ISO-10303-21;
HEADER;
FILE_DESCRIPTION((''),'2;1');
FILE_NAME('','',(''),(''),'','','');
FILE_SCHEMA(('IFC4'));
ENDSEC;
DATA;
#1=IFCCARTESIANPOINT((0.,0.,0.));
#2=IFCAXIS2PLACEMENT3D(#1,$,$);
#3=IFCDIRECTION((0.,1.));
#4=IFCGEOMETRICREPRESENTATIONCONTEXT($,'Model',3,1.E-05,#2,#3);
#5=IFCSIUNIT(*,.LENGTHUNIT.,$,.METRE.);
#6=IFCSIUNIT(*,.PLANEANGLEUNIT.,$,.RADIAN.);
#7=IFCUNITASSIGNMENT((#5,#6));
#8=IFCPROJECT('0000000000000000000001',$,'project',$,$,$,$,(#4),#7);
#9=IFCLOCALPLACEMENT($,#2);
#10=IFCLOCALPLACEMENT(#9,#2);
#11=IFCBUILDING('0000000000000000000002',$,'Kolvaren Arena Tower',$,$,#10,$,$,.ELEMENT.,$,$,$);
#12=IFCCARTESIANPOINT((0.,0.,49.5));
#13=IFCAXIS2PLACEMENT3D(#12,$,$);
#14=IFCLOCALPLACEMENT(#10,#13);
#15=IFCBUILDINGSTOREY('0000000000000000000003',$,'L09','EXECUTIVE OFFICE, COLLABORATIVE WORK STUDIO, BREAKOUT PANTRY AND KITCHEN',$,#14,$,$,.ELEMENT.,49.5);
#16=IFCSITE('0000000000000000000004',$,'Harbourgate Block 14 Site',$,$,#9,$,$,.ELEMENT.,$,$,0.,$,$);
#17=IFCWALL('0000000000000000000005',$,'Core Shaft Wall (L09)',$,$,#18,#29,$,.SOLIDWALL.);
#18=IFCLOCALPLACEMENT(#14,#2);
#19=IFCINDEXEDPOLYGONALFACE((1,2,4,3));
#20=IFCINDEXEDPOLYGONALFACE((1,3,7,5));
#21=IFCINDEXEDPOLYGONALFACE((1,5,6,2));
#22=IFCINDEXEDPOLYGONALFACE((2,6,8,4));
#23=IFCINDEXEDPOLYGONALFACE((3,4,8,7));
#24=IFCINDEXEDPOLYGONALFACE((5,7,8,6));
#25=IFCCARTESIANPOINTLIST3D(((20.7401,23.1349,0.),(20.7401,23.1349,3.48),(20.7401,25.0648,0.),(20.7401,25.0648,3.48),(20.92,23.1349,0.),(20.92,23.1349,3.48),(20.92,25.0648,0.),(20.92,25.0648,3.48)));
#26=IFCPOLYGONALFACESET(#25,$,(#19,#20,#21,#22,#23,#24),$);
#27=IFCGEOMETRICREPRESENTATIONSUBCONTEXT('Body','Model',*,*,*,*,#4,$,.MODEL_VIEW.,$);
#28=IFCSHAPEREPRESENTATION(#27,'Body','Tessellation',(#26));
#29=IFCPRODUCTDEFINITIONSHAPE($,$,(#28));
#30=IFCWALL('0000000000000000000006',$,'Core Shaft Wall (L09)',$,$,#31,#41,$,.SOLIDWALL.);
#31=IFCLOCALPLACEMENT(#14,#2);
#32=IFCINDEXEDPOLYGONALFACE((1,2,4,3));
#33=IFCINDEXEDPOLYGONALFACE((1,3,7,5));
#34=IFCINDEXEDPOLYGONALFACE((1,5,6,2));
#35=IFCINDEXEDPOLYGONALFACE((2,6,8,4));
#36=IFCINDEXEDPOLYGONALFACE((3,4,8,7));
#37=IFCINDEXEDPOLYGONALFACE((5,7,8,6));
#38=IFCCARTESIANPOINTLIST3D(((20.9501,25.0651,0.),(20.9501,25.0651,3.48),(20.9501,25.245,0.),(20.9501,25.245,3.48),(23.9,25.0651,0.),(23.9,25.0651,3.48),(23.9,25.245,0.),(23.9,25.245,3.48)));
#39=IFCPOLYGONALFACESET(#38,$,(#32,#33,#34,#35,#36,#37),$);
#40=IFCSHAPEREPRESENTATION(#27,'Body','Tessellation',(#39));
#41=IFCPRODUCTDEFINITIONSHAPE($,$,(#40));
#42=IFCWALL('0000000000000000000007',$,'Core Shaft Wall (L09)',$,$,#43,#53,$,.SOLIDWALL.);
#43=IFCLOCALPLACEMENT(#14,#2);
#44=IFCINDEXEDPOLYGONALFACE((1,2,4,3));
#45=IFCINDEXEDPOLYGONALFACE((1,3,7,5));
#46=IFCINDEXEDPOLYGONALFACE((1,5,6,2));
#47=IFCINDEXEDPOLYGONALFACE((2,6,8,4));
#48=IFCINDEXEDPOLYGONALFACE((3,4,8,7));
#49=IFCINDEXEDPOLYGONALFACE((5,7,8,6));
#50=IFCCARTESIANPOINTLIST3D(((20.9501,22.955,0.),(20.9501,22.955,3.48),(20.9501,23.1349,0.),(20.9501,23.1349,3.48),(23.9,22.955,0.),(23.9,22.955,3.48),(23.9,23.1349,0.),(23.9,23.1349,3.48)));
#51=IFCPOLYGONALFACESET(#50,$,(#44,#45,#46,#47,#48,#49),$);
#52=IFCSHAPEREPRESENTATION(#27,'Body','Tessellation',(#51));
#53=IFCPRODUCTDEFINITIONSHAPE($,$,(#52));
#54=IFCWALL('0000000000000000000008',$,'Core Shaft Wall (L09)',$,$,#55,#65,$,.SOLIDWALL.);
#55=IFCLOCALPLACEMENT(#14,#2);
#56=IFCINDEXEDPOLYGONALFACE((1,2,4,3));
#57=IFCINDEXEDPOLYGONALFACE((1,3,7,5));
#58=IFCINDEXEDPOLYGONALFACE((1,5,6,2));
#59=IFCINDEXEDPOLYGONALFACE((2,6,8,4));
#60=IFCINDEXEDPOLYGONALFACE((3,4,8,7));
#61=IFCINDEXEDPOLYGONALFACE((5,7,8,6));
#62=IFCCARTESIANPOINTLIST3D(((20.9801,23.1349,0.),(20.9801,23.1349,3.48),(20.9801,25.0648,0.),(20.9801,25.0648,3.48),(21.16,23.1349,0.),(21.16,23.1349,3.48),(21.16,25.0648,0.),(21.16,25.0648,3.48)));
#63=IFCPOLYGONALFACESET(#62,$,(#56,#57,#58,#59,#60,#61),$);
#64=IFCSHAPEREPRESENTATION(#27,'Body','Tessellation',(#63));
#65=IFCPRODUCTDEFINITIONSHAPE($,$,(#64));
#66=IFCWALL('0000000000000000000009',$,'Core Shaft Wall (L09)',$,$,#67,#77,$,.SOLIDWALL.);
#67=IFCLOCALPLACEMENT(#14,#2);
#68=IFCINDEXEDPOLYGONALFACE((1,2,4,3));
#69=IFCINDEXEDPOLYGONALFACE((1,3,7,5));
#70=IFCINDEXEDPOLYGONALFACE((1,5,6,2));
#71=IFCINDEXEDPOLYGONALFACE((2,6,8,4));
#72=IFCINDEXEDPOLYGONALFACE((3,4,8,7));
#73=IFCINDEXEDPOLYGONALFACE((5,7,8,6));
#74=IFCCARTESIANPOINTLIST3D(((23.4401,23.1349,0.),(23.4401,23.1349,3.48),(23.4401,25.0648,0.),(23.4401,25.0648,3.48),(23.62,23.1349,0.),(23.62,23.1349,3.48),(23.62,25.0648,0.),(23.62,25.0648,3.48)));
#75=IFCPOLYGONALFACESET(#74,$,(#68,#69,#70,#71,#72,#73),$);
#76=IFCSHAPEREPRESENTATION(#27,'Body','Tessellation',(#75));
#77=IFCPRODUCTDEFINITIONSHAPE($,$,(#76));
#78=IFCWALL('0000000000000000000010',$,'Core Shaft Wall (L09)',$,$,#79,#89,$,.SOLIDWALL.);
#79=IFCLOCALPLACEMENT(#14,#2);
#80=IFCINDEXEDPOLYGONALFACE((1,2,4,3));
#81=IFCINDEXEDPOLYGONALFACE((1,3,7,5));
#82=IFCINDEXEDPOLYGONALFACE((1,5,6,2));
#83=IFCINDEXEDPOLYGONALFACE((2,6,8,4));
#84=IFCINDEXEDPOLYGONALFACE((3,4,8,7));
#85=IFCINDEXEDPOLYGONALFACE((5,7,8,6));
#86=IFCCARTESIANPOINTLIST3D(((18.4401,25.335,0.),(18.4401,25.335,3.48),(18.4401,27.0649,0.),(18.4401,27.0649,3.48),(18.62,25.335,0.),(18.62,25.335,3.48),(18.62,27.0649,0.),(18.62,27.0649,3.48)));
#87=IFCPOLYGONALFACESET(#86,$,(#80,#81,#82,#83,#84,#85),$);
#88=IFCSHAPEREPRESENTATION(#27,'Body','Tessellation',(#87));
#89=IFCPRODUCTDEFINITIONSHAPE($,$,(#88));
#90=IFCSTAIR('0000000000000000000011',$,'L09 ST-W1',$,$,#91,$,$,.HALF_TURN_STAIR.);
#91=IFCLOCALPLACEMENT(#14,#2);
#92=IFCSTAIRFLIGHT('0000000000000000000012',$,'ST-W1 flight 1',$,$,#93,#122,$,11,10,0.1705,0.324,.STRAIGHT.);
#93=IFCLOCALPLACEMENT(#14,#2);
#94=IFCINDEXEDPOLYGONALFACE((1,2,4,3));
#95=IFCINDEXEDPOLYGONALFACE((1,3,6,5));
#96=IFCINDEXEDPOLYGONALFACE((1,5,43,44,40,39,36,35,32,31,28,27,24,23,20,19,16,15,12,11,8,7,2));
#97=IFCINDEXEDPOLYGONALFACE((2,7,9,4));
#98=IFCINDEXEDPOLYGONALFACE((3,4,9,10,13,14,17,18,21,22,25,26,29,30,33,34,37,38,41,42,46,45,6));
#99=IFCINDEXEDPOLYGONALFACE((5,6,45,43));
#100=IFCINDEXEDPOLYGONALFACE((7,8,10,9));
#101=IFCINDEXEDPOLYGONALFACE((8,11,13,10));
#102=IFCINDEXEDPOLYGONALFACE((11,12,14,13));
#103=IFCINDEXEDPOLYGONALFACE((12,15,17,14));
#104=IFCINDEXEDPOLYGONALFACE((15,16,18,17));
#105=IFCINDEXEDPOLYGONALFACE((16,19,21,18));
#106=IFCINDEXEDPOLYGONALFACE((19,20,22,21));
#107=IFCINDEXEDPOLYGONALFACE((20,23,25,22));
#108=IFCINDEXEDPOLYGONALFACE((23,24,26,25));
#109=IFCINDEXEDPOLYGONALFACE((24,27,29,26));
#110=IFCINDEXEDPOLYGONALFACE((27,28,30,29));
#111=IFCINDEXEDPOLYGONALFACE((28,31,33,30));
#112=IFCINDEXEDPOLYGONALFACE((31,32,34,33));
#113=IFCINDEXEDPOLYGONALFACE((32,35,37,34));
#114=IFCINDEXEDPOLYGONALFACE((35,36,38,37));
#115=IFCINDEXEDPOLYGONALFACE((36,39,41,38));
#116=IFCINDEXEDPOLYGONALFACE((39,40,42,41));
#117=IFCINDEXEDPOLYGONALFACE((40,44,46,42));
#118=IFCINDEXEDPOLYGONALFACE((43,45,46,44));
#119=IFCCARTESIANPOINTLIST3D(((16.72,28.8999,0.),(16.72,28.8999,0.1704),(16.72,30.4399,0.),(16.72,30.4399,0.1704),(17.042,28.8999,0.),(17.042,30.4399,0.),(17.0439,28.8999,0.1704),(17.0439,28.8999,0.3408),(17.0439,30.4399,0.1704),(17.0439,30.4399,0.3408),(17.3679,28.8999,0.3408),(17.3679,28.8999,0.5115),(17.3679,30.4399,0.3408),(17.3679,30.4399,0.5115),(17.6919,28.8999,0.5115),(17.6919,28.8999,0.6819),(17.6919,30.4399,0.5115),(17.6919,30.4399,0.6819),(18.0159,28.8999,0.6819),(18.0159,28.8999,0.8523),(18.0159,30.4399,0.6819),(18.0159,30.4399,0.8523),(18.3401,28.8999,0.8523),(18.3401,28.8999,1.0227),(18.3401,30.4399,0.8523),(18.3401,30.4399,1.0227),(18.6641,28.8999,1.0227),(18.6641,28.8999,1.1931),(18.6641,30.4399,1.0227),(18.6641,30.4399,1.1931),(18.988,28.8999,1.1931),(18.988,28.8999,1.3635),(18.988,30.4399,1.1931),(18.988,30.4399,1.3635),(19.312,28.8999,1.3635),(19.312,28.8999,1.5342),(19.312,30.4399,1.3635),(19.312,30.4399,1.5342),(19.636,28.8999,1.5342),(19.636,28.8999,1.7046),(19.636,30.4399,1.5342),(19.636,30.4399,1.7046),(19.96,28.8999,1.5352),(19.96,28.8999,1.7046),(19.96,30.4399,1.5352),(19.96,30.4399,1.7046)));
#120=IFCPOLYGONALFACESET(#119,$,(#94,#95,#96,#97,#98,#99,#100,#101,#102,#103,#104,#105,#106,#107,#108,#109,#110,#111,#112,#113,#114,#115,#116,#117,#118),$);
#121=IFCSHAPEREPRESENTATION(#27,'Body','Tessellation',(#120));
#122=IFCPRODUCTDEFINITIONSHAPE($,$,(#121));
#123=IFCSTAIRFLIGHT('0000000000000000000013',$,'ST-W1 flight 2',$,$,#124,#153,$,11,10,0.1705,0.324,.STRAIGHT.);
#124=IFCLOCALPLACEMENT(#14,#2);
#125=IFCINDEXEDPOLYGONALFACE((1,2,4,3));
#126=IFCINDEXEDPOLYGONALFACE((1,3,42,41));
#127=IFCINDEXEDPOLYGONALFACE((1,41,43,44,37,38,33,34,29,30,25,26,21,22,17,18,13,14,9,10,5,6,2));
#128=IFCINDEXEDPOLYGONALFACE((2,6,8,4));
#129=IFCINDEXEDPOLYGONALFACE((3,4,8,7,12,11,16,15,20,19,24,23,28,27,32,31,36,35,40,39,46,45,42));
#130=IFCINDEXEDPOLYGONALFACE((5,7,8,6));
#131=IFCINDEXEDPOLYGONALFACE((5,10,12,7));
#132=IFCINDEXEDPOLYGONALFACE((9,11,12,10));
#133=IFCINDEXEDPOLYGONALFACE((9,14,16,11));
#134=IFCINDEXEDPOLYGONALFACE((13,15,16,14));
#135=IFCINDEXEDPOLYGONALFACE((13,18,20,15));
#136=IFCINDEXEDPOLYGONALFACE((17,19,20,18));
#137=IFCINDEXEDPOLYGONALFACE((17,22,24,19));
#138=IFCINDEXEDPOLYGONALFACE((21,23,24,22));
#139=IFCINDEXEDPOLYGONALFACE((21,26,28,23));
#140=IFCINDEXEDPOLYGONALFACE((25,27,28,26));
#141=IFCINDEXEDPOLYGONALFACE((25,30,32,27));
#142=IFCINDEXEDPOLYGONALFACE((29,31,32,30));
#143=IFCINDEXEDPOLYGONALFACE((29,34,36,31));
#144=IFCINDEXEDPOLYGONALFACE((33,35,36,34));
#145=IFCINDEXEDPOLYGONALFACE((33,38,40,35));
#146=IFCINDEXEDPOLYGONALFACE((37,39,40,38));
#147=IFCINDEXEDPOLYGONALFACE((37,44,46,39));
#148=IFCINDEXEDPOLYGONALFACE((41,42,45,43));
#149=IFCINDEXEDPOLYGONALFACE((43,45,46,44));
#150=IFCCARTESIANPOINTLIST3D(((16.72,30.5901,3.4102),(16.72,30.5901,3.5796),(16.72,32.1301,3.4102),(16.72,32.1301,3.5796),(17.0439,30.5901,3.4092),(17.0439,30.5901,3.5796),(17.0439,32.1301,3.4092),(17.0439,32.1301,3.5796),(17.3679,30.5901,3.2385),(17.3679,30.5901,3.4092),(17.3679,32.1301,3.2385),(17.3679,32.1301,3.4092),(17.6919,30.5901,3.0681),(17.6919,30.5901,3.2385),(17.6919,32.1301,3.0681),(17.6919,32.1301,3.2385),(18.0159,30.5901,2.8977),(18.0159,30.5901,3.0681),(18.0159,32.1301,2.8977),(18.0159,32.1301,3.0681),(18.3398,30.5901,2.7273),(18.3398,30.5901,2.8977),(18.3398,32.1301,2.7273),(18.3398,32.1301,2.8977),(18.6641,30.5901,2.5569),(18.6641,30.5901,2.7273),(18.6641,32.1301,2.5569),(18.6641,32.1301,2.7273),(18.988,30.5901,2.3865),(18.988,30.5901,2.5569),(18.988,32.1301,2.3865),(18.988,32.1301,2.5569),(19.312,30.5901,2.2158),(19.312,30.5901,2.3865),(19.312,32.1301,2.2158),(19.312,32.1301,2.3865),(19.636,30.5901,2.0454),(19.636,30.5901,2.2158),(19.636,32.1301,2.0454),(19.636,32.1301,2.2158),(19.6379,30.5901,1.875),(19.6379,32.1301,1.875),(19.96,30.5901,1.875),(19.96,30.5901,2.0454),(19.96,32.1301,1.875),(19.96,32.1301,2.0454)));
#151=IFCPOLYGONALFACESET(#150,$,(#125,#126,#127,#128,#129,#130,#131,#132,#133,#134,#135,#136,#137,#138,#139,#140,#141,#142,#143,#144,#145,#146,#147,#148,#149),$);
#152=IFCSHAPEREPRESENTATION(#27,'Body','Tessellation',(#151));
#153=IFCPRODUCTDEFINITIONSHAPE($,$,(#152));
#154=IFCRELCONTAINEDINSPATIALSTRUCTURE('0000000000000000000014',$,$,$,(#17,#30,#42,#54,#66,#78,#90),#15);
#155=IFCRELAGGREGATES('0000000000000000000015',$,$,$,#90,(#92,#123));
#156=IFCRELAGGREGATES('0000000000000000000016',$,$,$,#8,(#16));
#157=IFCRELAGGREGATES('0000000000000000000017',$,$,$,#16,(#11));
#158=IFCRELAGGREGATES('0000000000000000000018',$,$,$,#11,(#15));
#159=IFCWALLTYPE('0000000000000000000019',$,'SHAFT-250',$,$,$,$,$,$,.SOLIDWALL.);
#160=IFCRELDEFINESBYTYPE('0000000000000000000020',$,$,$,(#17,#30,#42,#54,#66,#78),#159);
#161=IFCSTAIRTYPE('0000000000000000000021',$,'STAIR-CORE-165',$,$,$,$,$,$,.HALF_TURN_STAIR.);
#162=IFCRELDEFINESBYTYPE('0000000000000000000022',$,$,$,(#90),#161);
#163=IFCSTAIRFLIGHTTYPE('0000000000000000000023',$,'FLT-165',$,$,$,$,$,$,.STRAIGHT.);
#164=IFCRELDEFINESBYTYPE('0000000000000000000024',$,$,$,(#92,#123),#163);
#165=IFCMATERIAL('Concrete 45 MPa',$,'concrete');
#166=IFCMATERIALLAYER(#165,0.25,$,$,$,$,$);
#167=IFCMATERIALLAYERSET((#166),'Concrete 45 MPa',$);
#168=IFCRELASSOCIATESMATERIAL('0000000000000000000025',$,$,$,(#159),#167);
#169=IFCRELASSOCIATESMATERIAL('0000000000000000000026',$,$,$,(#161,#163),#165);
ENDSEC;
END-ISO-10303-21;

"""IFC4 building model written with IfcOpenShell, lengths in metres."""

from ifc_helpers import new_model, si_unit, direction, frame, frame_2d, origin, place, context, subcontext, project, spatial, polyline, rectangle, outline, extrude, material, layer, layer_set, type_object, element, aggregate, save


model = new_model("IFC4")

# Units and contexts
model_context = context("Model", 3, precision=1e-05, world=origin(), true_north=direction((0.0, 1.0)))
body_context = subcontext(model_context, "Body", "Model", "MODEL_VIEW")
ifc_project = project(units=[si_unit("LENGTHUNIT", "METRE"), si_unit("PLANEANGLEUNIT", "RADIAN")], contexts=[model_context])

# Site, building, storey
site_placement = place(None, origin())
site = spatial("IfcSite", under=ifc_project, at=site_placement, Name="Harbourgate Block 14 Site", CompositionType="ELEMENT", RefElevation=0.0)
building_placement = place(site_placement, origin())
building = spatial("IfcBuilding", under=site, at=building_placement, Name="Kolvaren Arena Tower", CompositionType="ELEMENT")
storey_placement = place(building_placement, frame((0.0, 0.0, 49.5)))
storey = spatial("IfcBuildingStorey", under=building, at=storey_placement, Name="L09", Description="EXECUTIVE OFFICE, COLLABORATIVE WORK STUDIO, BREAKOUT PANTRY AND KITCHEN", CompositionType="ELEMENT", Elevation=49.5)

# Shared definitions
ifc_material_1 = material(Name="Concrete 45 MPa", Category="concrete")
ifc_layer = layer(ifc_material_1, 0.25)
ifc_layer_set = layer_set([ifc_layer], Name="Concrete 45 MPa")
wall_type = type_object("IfcWallType", Name="SHAFT-250", PredefinedType="SOLIDWALL", material=ifc_layer_set)

# Walls
for number, where, z_axis, x_axis, name in (
    (1, (20.8301, 23.135, 0.0), (0.0, 0.0, 1.0), (0.0, 1.0, 0.0), "Core Shaft Wall (L09)"),
):
    element("IfcWall", number, at=place(storey_placement, frame(where, z_axis=z_axis, x_axis=x_axis)), inside=storey, type_object=wall_type, Name=name, PredefinedType="SOLIDWALL", context=body_context, shape_type="SweptSolid", body=[
        extrude(rectangle(XDim=1.9299, YDim=0.1799, at=frame_2d((0.9648, 0.0))), origin(), (0.0, 0.0, 1.0), 3.48),
    ])
for number, where, z_axis, x_axis, name in (
    (2, (20.95, 25.155, 0.0), (0.0, 0.0, 1.0), (1.0, 0.0, 0.0), "Core Shaft Wall (L09)"),
    (3, (20.95, 23.0449, 0.0), (0.0, 0.0, 1.0), (1.0, 0.0, 0.0), "Core Shaft Wall (L09)"),
):
    element("IfcWall", number, at=place(storey_placement, frame(where, z_axis=z_axis, x_axis=x_axis)), inside=storey, type_object=wall_type, Name=name, PredefinedType="SOLIDWALL", context=body_context, shape_type="SweptSolid", body=[
        extrude(rectangle(XDim=2.95, YDim=0.1799, at=frame_2d((1.4751, 0.0))), origin(), (0.0, 0.0, 1.0), 3.48),
    ])
for number, where, z_axis, x_axis, name in (
    (4, (21.0701, 23.135, 0.0), (0.0, 0.0, 1.0), (0.0, 1.0, 0.0), "Core Shaft Wall (L09)"),
    (5, (23.53, 23.135, 0.0), (0.0, 0.0, 1.0), (0.0, 1.0, 0.0), "Core Shaft Wall (L09)"),
):
    element("IfcWall", number, at=place(storey_placement, frame(where, z_axis=z_axis, x_axis=x_axis)), inside=storey, type_object=wall_type, Name=name, PredefinedType="SOLIDWALL", context=body_context, shape_type="SweptSolid", body=[
        extrude(rectangle(XDim=1.9299, YDim=0.1799, at=frame_2d((0.9648, 0.0))), origin(), (0.0, 0.0, 1.0), 3.48),
    ])
wall_1_placement = place(storey_placement, frame((18.53, 25.335, 0.0), z_axis=(0.0, 0.0, 1.0), x_axis=(0.0, 1.0, 0.0)))
element("IfcWall", 6, at=wall_1_placement, inside=storey, type_object=wall_type, Name="Core Shaft Wall (L09)", PredefinedType="SOLIDWALL", context=body_context, shape_type="SweptSolid", body=[
    extrude(rectangle(XDim=1.73, YDim=0.1799, at=frame_2d((0.865, 0.0))), origin(), (0.0, 0.0, 1.0), 3.48),
])

# Stair, stair flights
stair_type = type_object("IfcStairType", Name="STAIR-CORE-165", PredefinedType="HALF_TURN_STAIR", material=ifc_material_1)
stair_placement = place(storey_placement, origin())
stair = element("IfcStair", 7, at=stair_placement, inside=storey, type_object=stair_type, Name="L09 ST-W1", PredefinedType="HALF_TURN_STAIR")
stair_flight_type = type_object("IfcStairFlightType", Name="FLT-165", PredefinedType="STRAIGHT", material=ifc_material_1)
stair_flight_1_placement = place(storey_placement, frame((16.72, 29.6699, 0.0), z_axis=(0.0, 0.0, 1.0), x_axis=(1.0, 0.0, 0.0)))
stair_flight_1 = element("IfcStairFlight", 8, at=stair_flight_1_placement, type_object=stair_flight_type, Name="ST-W1 flight 1", NumberOfRisers=11, NumberOfTreads=10, PredefinedType="STRAIGHT", RiserHeight=0.1705, TreadLength=0.324, context=body_context, shape_type="SweptSolid", body=[
    extrude(outline(polyline([(0.0, 0.0), (0.0, 0.1704), (0.324, 0.1704), (0.324, 0.3408), (0.6479, 0.3408), (0.6479, 0.5115), (0.9719, 0.5115), (0.9719, 0.6819), (1.2959, 0.6819), (1.2959, 0.8523), (1.6201, 0.8523), (1.6201, 1.0227), (1.9441, 1.0227), (1.9441, 1.1931), (2.2681, 1.1931), (2.2681, 1.3635), (2.592, 1.3635), (2.592, 1.5342), (2.916, 1.5342), (2.916, 1.7046), (3.24, 1.7046), (3.24, 1.875), (3.24, 1.5352), (0.322, 0.0), (0.0, 0.0)])), frame((0.0, 0.77, 0.0), z_axis=(0.0, -1.0, 0.0), x_axis=(1.0, 0.0, 0.0)), (0.0, 0.0, 1.0), 1.54),
])
stair_flight_2_placement = place(storey_placement, frame((19.96, 31.3601, 1.875), z_axis=(0.0, 0.0, 1.0), x_axis=(-1.0, 0.0, 0.0)))
stair_flight_2 = element("IfcStairFlight", 9, at=stair_flight_2_placement, type_object=stair_flight_type, Name="ST-W1 flight 2", NumberOfRisers=11, NumberOfTreads=10, PredefinedType="STRAIGHT", RiserHeight=0.1705, TreadLength=0.324, context=body_context, shape_type="SweptSolid", body=[
    extrude(outline(polyline([(0.0, 0.0), (0.0, 0.1704), (0.324, 0.1704), (0.324, 0.3408), (0.6479, 0.3408), (0.6479, 0.5115), (0.9719, 0.5115), (0.9719, 0.6819), (1.2959, 0.6819), (1.2959, 0.8523), (1.6201, 0.8523), (1.6201, 1.0227), (1.9441, 1.0227), (1.9441, 1.1931), (2.2681, 1.1931), (2.2681, 1.3635), (2.592, 1.3635), (2.592, 1.5342), (2.916, 1.5342), (2.916, 1.7046), (3.24, 1.7046), (3.24, 1.875), (3.24, 1.5352), (0.322, 0.0), (0.0, 0.0)])), frame((0.0, 0.77, 0.0), z_axis=(0.0, -1.0, 0.0), x_axis=(1.0, 0.0, 0.0)), (0.0, 0.0, 1.0), 1.54),
])
aggregate(stair, [stair_flight_1, stair_flight_2])

save(model, "model.ifc")
